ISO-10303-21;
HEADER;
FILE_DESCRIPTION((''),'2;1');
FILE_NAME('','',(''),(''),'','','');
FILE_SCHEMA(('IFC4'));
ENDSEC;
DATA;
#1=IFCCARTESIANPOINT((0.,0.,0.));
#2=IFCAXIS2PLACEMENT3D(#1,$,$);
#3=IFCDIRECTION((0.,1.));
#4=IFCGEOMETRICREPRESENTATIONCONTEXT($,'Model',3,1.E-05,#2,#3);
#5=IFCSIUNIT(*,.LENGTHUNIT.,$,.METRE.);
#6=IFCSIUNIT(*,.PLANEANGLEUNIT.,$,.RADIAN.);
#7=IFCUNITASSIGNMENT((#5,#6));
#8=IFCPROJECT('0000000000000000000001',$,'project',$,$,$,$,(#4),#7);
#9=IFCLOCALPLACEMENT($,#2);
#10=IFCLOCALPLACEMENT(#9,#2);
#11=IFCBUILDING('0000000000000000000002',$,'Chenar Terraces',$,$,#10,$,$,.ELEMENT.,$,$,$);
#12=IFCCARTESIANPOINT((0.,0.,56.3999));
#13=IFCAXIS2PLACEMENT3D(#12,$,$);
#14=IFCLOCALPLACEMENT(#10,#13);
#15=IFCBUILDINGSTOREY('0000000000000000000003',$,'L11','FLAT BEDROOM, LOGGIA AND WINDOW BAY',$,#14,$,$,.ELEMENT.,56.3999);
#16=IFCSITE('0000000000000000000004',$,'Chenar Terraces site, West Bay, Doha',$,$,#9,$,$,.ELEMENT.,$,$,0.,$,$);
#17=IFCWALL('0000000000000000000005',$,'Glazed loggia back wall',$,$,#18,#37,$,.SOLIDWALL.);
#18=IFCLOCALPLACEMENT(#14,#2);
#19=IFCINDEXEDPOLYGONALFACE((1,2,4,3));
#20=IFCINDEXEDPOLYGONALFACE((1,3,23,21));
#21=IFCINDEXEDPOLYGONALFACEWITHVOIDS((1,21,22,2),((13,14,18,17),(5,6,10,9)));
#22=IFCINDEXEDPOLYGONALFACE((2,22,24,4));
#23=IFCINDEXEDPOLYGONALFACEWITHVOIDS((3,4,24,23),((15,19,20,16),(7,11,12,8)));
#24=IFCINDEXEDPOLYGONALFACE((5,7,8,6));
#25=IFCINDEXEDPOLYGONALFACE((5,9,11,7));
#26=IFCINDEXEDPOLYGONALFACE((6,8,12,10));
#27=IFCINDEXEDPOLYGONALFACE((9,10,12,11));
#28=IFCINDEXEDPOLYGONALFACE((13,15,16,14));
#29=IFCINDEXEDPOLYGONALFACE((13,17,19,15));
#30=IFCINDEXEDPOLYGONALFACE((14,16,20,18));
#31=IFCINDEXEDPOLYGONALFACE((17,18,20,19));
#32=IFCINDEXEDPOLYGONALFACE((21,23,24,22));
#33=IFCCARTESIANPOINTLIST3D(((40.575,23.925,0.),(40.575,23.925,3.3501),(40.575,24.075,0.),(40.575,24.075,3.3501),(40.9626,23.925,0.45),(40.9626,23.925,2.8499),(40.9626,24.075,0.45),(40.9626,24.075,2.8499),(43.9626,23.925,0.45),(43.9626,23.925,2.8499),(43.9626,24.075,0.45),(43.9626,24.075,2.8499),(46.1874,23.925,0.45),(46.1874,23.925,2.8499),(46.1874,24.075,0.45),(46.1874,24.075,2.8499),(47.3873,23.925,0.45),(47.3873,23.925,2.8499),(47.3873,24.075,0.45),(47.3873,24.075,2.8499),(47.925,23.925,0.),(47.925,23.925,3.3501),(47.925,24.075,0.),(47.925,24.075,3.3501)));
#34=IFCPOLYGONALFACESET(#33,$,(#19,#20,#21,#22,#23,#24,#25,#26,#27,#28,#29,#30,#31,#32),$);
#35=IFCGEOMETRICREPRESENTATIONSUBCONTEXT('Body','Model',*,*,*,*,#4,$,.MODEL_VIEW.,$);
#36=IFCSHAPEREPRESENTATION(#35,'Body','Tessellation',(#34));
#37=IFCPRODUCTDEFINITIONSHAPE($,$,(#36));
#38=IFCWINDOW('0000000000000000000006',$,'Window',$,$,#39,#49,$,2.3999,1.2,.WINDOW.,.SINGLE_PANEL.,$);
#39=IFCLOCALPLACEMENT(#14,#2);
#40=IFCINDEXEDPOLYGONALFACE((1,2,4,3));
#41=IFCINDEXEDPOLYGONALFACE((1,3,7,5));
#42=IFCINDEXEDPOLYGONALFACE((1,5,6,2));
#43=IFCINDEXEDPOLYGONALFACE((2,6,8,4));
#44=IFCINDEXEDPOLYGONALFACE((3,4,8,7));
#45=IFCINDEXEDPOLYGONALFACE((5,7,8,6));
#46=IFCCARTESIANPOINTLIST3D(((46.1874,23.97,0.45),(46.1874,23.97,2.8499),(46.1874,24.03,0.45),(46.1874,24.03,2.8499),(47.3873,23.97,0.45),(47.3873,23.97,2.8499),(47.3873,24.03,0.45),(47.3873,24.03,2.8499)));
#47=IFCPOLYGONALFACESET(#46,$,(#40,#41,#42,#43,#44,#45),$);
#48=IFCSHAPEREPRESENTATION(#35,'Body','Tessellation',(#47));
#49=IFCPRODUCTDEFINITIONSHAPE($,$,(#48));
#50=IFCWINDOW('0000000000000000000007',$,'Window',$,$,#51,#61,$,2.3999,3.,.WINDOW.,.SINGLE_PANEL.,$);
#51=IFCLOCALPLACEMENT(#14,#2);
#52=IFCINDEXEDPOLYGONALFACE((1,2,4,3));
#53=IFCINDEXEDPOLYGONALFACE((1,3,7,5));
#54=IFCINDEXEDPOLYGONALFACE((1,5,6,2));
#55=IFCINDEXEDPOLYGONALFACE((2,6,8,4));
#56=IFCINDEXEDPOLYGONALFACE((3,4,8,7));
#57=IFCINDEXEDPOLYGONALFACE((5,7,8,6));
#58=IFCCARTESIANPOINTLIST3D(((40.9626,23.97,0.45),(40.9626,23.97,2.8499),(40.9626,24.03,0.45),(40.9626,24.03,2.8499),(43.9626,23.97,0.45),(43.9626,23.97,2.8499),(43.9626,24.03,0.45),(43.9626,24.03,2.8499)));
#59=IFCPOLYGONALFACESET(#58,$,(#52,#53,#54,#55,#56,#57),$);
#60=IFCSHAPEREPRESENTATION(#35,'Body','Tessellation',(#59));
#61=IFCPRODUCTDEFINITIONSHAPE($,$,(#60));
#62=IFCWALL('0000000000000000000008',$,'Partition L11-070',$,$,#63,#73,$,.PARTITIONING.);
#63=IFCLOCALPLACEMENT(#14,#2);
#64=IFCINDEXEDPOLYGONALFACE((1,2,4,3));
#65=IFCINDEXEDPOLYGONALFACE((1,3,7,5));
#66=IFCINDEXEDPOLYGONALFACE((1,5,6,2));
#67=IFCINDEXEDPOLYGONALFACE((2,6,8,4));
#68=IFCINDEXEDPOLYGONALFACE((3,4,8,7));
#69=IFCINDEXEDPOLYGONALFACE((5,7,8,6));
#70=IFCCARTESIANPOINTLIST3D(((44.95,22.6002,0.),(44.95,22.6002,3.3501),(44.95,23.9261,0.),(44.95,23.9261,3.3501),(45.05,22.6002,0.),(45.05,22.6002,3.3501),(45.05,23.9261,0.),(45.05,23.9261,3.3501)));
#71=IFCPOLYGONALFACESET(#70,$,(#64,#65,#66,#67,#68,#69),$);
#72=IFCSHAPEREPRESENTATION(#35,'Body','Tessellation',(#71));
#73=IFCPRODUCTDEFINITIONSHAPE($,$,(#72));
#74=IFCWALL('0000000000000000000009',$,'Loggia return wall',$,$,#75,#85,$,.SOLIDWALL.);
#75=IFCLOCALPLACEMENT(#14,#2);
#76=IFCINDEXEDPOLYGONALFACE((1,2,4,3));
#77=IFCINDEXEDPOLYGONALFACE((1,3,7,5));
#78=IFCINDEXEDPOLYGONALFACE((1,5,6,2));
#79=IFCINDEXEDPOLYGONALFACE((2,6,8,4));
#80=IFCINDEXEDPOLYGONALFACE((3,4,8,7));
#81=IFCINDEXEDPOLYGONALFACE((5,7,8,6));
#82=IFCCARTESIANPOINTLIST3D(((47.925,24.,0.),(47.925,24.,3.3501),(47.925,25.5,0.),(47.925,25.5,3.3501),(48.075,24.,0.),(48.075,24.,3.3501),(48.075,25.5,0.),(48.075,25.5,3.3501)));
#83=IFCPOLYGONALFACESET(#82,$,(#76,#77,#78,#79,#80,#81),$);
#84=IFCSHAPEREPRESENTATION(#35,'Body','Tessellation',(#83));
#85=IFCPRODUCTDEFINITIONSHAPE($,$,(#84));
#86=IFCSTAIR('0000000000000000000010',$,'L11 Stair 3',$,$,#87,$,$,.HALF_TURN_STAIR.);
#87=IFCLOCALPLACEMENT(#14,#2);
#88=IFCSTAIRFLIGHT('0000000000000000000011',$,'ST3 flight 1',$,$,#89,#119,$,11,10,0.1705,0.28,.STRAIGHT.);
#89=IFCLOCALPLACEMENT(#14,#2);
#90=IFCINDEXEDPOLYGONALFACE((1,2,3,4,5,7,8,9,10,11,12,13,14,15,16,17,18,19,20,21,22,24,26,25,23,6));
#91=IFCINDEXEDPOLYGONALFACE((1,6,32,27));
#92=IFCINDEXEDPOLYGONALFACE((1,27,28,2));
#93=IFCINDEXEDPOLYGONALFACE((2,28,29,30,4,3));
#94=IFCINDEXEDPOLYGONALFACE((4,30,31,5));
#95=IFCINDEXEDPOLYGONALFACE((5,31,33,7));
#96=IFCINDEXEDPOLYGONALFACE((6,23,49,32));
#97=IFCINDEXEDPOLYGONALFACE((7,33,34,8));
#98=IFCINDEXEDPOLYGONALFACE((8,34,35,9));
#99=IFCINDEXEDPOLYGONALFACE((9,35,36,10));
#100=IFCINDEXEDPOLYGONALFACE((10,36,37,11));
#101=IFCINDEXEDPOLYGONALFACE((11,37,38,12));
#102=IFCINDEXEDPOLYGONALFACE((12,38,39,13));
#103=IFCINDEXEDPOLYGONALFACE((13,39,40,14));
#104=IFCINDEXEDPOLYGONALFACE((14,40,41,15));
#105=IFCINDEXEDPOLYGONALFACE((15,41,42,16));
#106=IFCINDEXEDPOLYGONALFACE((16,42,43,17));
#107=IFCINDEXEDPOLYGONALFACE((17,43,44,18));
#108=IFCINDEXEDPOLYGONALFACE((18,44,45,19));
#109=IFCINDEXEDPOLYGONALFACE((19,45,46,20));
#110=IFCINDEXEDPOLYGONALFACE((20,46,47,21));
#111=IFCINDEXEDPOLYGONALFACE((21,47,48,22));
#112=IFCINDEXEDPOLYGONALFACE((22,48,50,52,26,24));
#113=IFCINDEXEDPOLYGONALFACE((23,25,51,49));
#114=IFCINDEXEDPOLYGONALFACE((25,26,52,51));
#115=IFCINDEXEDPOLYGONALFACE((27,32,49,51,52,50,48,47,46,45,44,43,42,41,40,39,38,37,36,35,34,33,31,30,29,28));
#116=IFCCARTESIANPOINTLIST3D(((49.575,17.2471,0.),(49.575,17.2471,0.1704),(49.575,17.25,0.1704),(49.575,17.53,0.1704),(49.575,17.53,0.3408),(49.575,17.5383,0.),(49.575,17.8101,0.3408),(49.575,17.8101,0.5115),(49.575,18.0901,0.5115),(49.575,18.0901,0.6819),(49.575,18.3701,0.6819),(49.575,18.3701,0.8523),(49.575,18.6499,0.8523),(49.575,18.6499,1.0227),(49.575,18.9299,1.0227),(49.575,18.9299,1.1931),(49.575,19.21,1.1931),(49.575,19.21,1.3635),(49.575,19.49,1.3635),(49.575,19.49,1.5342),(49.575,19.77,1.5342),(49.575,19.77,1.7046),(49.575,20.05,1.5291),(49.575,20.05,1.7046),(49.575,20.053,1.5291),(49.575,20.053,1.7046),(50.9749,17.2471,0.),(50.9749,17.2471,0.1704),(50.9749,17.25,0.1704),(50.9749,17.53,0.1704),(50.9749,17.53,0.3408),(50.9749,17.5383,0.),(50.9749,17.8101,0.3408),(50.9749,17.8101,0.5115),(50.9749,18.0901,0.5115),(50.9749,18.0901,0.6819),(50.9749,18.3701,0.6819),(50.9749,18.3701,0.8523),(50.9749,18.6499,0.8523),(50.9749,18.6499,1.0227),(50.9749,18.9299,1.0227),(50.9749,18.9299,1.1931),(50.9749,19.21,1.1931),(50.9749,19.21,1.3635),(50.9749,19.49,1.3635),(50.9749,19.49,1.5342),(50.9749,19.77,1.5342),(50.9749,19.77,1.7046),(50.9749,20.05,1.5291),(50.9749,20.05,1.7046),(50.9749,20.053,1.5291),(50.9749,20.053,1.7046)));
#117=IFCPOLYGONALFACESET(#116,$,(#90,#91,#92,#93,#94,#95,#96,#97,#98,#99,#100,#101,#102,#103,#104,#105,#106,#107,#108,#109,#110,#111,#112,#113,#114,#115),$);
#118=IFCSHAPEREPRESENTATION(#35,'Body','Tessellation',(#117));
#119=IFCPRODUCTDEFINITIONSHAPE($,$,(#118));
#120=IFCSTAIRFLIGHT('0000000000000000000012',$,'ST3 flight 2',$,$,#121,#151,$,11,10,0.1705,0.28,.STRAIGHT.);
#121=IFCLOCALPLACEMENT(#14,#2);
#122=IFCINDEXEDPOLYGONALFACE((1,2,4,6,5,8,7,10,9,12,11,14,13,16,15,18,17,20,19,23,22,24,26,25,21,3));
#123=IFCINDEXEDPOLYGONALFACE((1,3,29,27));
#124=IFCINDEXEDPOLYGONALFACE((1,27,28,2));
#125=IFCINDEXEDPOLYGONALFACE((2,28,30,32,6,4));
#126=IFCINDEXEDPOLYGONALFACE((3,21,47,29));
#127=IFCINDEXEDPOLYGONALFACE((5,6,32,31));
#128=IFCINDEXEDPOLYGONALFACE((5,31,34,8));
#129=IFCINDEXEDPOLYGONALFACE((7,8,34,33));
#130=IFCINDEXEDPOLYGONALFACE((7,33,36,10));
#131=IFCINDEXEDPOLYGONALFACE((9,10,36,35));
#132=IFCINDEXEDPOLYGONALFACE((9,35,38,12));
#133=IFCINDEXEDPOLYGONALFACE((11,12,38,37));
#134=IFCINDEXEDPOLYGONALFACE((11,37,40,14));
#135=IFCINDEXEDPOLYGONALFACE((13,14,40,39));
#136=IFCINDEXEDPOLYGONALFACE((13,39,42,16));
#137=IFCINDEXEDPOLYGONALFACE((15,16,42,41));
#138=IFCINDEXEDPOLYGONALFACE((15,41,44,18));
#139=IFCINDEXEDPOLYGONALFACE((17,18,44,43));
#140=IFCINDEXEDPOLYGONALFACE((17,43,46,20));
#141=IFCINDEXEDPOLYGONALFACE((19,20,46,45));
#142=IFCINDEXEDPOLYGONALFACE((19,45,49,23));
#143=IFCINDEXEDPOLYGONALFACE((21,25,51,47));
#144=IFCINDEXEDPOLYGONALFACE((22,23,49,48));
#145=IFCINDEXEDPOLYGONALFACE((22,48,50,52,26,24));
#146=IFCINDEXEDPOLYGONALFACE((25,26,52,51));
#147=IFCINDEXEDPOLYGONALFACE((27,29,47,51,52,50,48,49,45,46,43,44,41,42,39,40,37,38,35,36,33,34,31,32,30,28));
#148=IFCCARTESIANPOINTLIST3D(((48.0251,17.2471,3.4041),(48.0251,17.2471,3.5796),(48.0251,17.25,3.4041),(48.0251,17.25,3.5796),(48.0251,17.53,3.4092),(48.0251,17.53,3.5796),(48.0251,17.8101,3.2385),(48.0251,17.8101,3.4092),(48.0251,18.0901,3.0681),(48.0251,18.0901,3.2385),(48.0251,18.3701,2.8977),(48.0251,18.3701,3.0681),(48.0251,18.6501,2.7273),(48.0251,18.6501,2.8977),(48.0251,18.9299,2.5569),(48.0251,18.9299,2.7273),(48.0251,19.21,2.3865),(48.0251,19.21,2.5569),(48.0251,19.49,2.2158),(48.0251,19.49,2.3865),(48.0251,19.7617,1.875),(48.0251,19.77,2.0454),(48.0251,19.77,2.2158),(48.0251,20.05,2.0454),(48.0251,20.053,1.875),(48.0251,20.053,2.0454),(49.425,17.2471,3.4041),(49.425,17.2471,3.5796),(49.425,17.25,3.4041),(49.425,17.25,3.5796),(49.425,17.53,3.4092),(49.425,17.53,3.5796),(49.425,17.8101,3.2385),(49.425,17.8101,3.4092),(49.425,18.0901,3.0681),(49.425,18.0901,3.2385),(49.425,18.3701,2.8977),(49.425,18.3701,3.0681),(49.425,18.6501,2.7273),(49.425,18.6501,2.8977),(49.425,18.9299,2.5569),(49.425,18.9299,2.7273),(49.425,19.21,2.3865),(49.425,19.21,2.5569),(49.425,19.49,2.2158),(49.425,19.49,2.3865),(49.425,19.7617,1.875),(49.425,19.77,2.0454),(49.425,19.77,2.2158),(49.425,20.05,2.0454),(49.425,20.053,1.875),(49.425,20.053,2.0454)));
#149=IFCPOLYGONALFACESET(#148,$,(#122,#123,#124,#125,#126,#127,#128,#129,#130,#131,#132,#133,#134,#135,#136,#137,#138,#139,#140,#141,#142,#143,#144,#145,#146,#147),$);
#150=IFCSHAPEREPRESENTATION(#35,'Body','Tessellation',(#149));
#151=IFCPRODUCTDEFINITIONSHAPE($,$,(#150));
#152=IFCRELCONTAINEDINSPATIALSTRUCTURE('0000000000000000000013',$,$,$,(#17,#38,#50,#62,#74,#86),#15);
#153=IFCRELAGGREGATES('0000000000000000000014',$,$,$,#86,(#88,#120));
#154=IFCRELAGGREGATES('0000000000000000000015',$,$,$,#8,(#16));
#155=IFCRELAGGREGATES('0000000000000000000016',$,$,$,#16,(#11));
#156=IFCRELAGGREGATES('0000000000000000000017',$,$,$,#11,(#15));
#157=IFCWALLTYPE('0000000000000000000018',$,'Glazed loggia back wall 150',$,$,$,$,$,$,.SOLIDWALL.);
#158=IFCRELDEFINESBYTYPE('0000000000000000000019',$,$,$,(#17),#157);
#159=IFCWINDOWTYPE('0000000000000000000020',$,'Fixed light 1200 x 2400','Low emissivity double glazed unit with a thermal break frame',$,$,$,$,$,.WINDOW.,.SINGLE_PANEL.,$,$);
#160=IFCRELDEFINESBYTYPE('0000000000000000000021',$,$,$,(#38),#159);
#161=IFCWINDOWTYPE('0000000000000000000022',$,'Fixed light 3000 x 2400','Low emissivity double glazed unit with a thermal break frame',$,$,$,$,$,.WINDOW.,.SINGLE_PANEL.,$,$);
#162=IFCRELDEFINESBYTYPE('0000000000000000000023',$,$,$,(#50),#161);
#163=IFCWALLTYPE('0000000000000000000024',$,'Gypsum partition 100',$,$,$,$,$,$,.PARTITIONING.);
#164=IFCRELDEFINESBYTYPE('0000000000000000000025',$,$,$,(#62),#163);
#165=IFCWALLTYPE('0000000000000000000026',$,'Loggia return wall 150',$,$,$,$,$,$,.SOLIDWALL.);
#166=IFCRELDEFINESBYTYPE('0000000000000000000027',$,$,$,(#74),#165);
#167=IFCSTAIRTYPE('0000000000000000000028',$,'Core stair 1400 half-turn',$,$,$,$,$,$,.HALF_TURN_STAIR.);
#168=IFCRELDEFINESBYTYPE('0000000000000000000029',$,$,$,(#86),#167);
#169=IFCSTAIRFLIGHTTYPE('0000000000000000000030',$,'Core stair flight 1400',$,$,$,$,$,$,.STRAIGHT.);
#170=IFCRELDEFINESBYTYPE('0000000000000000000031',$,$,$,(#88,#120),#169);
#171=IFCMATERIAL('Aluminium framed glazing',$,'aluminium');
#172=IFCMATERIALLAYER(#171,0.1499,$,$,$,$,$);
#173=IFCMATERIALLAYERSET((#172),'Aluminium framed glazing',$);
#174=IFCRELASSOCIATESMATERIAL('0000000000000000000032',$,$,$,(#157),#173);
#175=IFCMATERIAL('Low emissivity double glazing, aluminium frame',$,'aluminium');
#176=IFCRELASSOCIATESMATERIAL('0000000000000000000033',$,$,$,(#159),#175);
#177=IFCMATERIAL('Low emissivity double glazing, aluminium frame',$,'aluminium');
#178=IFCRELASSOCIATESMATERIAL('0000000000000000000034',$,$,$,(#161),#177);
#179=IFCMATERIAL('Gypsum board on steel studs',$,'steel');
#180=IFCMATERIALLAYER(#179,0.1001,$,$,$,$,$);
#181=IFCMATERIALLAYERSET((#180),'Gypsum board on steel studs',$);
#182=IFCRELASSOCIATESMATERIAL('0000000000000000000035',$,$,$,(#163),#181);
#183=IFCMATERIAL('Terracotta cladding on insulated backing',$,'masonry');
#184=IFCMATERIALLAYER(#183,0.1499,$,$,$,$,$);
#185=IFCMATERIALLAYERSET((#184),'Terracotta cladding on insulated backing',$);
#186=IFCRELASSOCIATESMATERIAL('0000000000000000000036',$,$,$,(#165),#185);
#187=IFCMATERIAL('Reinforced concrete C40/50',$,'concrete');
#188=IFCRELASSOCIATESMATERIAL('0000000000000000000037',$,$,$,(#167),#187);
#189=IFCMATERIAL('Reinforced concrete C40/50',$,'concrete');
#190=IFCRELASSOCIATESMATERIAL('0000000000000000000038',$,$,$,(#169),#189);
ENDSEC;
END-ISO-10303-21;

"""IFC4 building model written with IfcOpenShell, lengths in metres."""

from ifc_helpers import new_model, si_unit, direction, frame, frame_2d, origin, place, context, subcontext, project, spatial, polyline, rectangle, outline, extrude, material, layer, layer_set, type_object, element, fill, aggregate, save


model = new_model("IFC4")

# Units and contexts
model_context = context("Model", 3, precision=1e-05, world=origin(), true_north=direction((0.0, 1.0)))
body_context = subcontext(model_context, "Body", "Model", "MODEL_VIEW")
ifc_project = project(units=[si_unit("LENGTHUNIT", "METRE"), si_unit("PLANEANGLEUNIT", "RADIAN")], contexts=[model_context])

# Site, building, storey
site_placement = place(None, origin())
site = spatial("IfcSite", under=ifc_project, at=site_placement, Name="Chenar Terraces site, West Bay, Doha", CompositionType="ELEMENT", RefElevation=0.0)
building_placement = place(site_placement, origin())
building = spatial("IfcBuilding", under=site, at=building_placement, Name="Chenar Terraces", CompositionType="ELEMENT")
storey_placement = place(building_placement, frame((0.0, 0.0, 56.3999)))
storey = spatial("IfcBuildingStorey", under=building, at=storey_placement, Name="L11", Description="FLAT BEDROOM, LOGGIA AND WINDOW BAY", CompositionType="ELEMENT", Elevation=56.3999)

# Wall, openings, windows
ifc_material_1 = material(Name="Aluminium framed glazing", Category="aluminium")
ifc_layer_1 = layer(ifc_material_1, 0.1499)
ifc_layer_set_1 = layer_set([ifc_layer_1], Name="Aluminium framed glazing")
wall_type_1 = type_object("IfcWallType", Name="Glazed loggia back wall 150", PredefinedType="SOLIDWALL", material=ifc_layer_set_1)
wall_1_placement = place(storey_placement, frame((47.925, 24.0, 0.0), z_axis=(0.0, 0.0, 1.0), x_axis=(-1.0, 0.0, 0.0)))
wall_1 = element("IfcWall", 1, at=wall_1_placement, inside=storey, type_object=wall_type_1, Name="Glazed loggia back wall", PredefinedType="SOLIDWALL", context=body_context, shape_type="SweptSolid", body=[
    extrude(rectangle(XDim=7.3501, YDim=0.1499, at=frame_2d((3.675, 0.0))), origin(), (0.0, 0.0, 1.0), 3.3501),
])
opening_1_placement = place(wall_1_placement, frame((0.5376, 0.0, 0.45)))
opening_1 = element("IfcOpeningElement", 2, at=opening_1_placement, cuts=wall_1, PredefinedType="OPENING", context=body_context, shape_type="SweptSolid", body=[
    extrude(rectangle(XDim=1.2, YDim=2.3999, at=frame_2d((0.6001, 1.2))), frame((0.0, 0.085, 0.0), z_axis=(0.0, -1.0, 0.0), x_axis=(1.0, 0.0, 0.0)), (0.0, 0.0, 1.0), 0.1699),
])
opening_2_placement = place(wall_1_placement, frame((3.9624, 0.0, 0.45)))
opening_2 = element("IfcOpeningElement", 3, at=opening_2_placement, cuts=wall_1, PredefinedType="OPENING", context=body_context, shape_type="SweptSolid", body=[
    extrude(rectangle(XDim=3.0, YDim=2.3999, at=frame_2d((1.5, 1.2))), frame((0.0, 0.085, 0.0), z_axis=(0.0, -1.0, 0.0), x_axis=(1.0, 0.0, 0.0)), (0.0, 0.0, 1.0), 0.1699),
])
ifc_material_2 = material(Name="Low emissivity double glazing, aluminium frame", Category="aluminium")
window_type_1 = type_object("IfcWindowType", Name="Fixed light 1200 x 2400", Description="Low emissivity double glazed unit with a thermal break frame", PartitioningType="SINGLE_PANEL", PredefinedType="WINDOW", material=ifc_material_2)
window_1_placement = place(opening_1_placement, origin())
window_1 = element("IfcWindow", 4, at=window_1_placement, inside=storey, type_object=window_type_1, Name="Window", OverallHeight=2.3999, OverallWidth=1.2, PartitioningType="SINGLE_PANEL", PredefinedType="WINDOW", context=body_context, shape_type="SweptSolid", body=[
    extrude(rectangle(XDim=1.2, YDim=2.3999, at=frame_2d((0.6001, 1.2))), frame((0.0, 0.03, 0.0), z_axis=(0.0, -1.0, 0.0), x_axis=(1.0, 0.0, 0.0)), (0.0, 0.0, 1.0), 0.0601),
])
fill(opening_1, window_1)
ifc_material_3 = material(Name="Low emissivity double glazing, aluminium frame", Category="aluminium")
window_type_2 = type_object("IfcWindowType", Name="Fixed light 3000 x 2400", Description="Low emissivity double glazed unit with a thermal break frame", PartitioningType="SINGLE_PANEL", PredefinedType="WINDOW", material=ifc_material_3)
window_2_placement = place(opening_2_placement, origin())
window_2 = element("IfcWindow", 5, at=window_2_placement, inside=storey, type_object=window_type_2, Name="Window", OverallHeight=2.3999, OverallWidth=3.0, PartitioningType="SINGLE_PANEL", PredefinedType="WINDOW", context=body_context, shape_type="SweptSolid", body=[
    extrude(rectangle(XDim=3.0, YDim=2.3999, at=frame_2d((1.5, 1.2))), frame((0.0, 0.03, 0.0), z_axis=(0.0, -1.0, 0.0), x_axis=(1.0, 0.0, 0.0)), (0.0, 0.0, 1.0), 0.0601),
])
fill(opening_2, window_2)

# Walls
ifc_material_4 = material(Name="Gypsum board on steel studs", Category="steel")
ifc_layer_2 = layer(ifc_material_4, 0.1001)
ifc_layer_set_2 = layer_set([ifc_layer_2], Name="Gypsum board on steel studs")
wall_type_2 = type_object("IfcWallType", Name="Gypsum partition 100", PredefinedType="PARTITIONING", material=ifc_layer_set_2)
wall_2_placement = place(storey_placement, frame((45.0, 22.6001, 0.0), z_axis=(0.0, 0.0, 1.0), x_axis=(0.0, 1.0, 0.0)))
element("IfcWall", 6, at=wall_2_placement, inside=storey, type_object=wall_type_2, Name="Partition L11-070", PredefinedType="PARTITIONING", context=body_context, shape_type="SweptSolid", body=[
    extrude(rectangle(XDim=1.3259, YDim=0.1001, at=frame_2d((0.6631, 0.0))), origin(), (0.0, 0.0, 1.0), 3.3501),
])
ifc_material_5 = material(Name="Terracotta cladding on insulated backing", Category="masonry")
ifc_layer_3 = layer(ifc_material_5, 0.1499)
ifc_layer_set_3 = layer_set([ifc_layer_3], Name="Terracotta cladding on insulated backing")
wall_type_3 = type_object("IfcWallType", Name="Loggia return wall 150", PredefinedType="SOLIDWALL", material=ifc_layer_set_3)
wall_3_placement = place(storey_placement, frame((48.0, 25.5, 0.0), z_axis=(0.0, 0.0, 1.0), x_axis=(0.0, -1.0, 0.0)))
element("IfcWall", 7, at=wall_3_placement, inside=storey, type_object=wall_type_3, Name="Loggia return wall", PredefinedType="SOLIDWALL", context=body_context, shape_type="SweptSolid", body=[
    extrude(rectangle(XDim=1.5, YDim=0.1499, at=frame_2d((0.75, 0.0))), origin(), (0.0, 0.0, 1.0), 3.3501),
])

# Stair, stair flights
ifc_material_6 = material(Name="Reinforced concrete C40/50", Category="concrete")
stair_type = type_object("IfcStairType", Name="Core stair 1400 half-turn", PredefinedType="HALF_TURN_STAIR", material=ifc_material_6)
stair_placement = place(storey_placement, origin())
stair = element("IfcStair", 8, at=stair_placement, inside=storey, type_object=stair_type, Name="L11 Stair 3", PredefinedType="HALF_TURN_STAIR")
ifc_material_7 = material(Name="Reinforced concrete C40/50", Category="concrete")
stair_flight_type = type_object("IfcStairFlightType", Name="Core stair flight 1400", PredefinedType="STRAIGHT", material=ifc_material_7)
stair_flight_1_placement = place(storey_placement, frame((50.2749, 17.25, 0.0), z_axis=(0.0, 0.0, 1.0), x_axis=(0.0, 1.0, 0.0)))
stair_flight_1 = element("IfcStairFlight", 9, at=stair_flight_1_placement, type_object=stair_flight_type, Name="ST3 flight 1", NumberOfRisers=11, NumberOfTreads=10, PredefinedType="STRAIGHT", RiserHeight=0.1705, TreadLength=0.28, context=body_context, shape_type="SweptSolid", body=[
    extrude(outline(polyline([(-0.0029, 0.0), (-0.0029, 0.1704), (0.0, 0.1704), (0.28, 0.1704), (0.28, 0.3408), (0.5601, 0.3408), (0.5601, 0.5115), (0.8401, 0.5115), (0.8401, 0.6819), (1.1201, 0.6819), (1.1201, 0.8523), (1.3999, 0.8523), (1.3999, 1.0227), (1.6799, 1.0227), (1.6799, 1.1931), (1.96, 1.1931), (1.96, 1.3635), (2.24, 1.3635), (2.24, 1.5342), (2.52, 1.5342), (2.52, 1.7046), (2.8, 1.7046), (2.803, 1.7046), (2.803, 1.5291), (2.8, 1.5291), (0.2883, 0.0), (-0.0029, 0.0)])), frame((0.0, 0.7, 0.0), z_axis=(0.0, -1.0, 0.0), x_axis=(1.0, 0.0, 0.0)), (0.0, 0.0, 1.0), 1.3999),
])
stair_flight_2_placement = place(storey_placement, frame((48.7251, 20.05, 1.875), z_axis=(0.0, 0.0, 1.0), x_axis=(0.0, -1.0, 0.0)))
stair_flight_2 = element("IfcStairFlight", 10, at=stair_flight_2_placement, type_object=stair_flight_type, Name="ST3 flight 2", NumberOfRisers=11, NumberOfTreads=10, PredefinedType="STRAIGHT", RiserHeight=0.1705, TreadLength=0.28, context=body_context, shape_type="SweptSolid", body=[
    extrude(outline(polyline([(-0.0029, 0.0), (-0.0029, 0.1704), (0.0, 0.1704), (0.28, 0.1704), (0.28, 0.3408), (0.5601, 0.3408), (0.5601, 0.5115), (0.8401, 0.5115), (0.8401, 0.6819), (1.1201, 0.6819), (1.1201, 0.8523), (1.3999, 0.8523), (1.3999, 1.0227), (1.6799, 1.0227), (1.6799, 1.1931), (1.96, 1.1931), (1.96, 1.3635), (2.24, 1.3635), (2.24, 1.5342), (2.52, 1.5342), (2.52, 1.7046), (2.8, 1.7046), (2.803, 1.7046), (2.803, 1.5291), (2.8, 1.5291), (0.2883, 0.0), (-0.0029, 0.0)])), frame((0.0, 0.7, 0.0), z_axis=(0.0, -1.0, 0.0), x_axis=(1.0, 0.0, 0.0)), (0.0, 0.0, 1.0), 1.3999),
])
aggregate(stair, [stair_flight_1, stair_flight_2])

save(model, "model.ifc")
